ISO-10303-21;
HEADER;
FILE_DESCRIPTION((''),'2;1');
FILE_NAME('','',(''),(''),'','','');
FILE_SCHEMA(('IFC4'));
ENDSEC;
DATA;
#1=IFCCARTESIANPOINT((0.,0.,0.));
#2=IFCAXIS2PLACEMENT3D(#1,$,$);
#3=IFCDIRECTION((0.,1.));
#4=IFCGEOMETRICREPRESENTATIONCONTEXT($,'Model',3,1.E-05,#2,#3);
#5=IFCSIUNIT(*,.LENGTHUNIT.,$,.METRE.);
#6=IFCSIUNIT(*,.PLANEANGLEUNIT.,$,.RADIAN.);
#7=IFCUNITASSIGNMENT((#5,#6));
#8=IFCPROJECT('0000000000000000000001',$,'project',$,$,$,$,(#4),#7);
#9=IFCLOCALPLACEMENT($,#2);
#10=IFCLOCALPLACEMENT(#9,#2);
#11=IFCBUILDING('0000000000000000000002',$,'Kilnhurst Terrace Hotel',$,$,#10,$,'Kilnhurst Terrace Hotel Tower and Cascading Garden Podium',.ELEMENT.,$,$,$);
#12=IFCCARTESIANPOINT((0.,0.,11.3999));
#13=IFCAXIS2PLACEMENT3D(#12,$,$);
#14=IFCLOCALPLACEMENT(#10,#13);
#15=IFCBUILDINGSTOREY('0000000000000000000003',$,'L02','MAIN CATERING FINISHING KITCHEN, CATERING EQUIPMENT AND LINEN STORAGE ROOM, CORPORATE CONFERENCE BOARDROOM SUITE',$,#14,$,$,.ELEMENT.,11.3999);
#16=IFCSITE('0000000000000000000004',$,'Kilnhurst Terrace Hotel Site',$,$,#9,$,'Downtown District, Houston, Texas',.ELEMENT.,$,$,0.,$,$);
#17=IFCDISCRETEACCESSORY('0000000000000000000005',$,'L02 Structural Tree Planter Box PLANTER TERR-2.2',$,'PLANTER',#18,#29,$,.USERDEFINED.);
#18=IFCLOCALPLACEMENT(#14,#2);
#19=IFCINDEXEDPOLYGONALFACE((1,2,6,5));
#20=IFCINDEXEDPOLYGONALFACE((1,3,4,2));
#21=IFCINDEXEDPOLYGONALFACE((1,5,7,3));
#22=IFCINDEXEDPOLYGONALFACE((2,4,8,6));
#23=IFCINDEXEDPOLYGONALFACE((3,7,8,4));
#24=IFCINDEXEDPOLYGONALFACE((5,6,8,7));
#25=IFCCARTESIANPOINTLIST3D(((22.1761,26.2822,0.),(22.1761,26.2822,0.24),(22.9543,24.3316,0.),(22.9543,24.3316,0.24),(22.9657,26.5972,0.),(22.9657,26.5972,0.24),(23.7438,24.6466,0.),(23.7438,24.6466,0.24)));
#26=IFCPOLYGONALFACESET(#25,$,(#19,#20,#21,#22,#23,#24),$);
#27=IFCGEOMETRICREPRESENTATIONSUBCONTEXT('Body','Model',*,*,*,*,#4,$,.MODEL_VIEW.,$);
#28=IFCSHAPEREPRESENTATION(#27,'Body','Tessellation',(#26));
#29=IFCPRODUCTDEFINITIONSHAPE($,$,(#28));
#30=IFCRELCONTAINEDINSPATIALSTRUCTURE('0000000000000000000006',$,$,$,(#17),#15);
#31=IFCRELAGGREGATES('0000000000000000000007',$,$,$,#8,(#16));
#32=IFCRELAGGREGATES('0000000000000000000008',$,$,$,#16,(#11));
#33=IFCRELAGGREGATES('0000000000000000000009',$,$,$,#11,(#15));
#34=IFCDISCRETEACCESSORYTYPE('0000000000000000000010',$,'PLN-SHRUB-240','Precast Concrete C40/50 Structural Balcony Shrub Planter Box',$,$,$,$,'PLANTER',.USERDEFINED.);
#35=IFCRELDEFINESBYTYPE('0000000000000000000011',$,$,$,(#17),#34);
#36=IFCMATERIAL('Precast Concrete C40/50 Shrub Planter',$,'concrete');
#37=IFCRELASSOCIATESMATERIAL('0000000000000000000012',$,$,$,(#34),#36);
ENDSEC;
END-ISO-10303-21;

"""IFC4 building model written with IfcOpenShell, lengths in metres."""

from ifc_helpers import new_model, si_unit, direction, frame, origin, origin_2d, place, context, subcontext, project, spatial, rectangle, extrude, material, type_object, element, save


model = new_model("IFC4")

# Units and contexts
model_context = context("Model", 3, precision=1e-05, world=origin(), true_north=direction((0.0, 1.0)))
body_context = subcontext(model_context, "Body", "Model", "MODEL_VIEW")
ifc_project = project(units=[si_unit("LENGTHUNIT", "METRE"), si_unit("PLANEANGLEUNIT", "RADIAN")], contexts=[model_context])

# Site, building, storey
site_placement = place(None, origin())
site = spatial("IfcSite", under=ifc_project, at=site_placement, Name="Kilnhurst Terrace Hotel Site", LongName="Downtown District, Houston, Texas", CompositionType="ELEMENT", RefElevation=0.0)
building_placement = place(site_placement, origin())
building = spatial("IfcBuilding", under=site, at=building_placement, Name="Kilnhurst Terrace Hotel", LongName="Kilnhurst Terrace Hotel Tower and Cascading Garden Podium", CompositionType="ELEMENT")
storey_placement = place(building_placement, frame((0.0, 0.0, 11.3999)))
storey = spatial("IfcBuildingStorey", under=building, at=storey_placement, Name="L02", Description="MAIN CATERING FINISHING KITCHEN, CATERING EQUIPMENT AND LINEN STORAGE ROOM, CORPORATE CONFERENCE BOARDROOM SUITE", CompositionType="ELEMENT", Elevation=11.3999)

# Discrete accessory
ifc_material_1 = material(Name="Precast Concrete C40/50 Shrub Planter", Category="concrete")
discrete_accessory_type = type_object("IfcDiscreteAccessoryType", Name="PLN-SHRUB-240", Description="Precast Concrete C40/50 Structural Balcony Shrub Planter Box", ElementType="PLANTER", PredefinedType="USERDEFINED", material=ifc_material_1)
discrete_accessory_placement = place(storey_placement, frame((22.96, 25.4644, 0.0), z_axis=(0.0, 0.0, 1.0), x_axis=(-0.370541, 0.928816, 0.0)))
element("IfcDiscreteAccessory", 1, at=discrete_accessory_placement, inside=storey, type_object=discrete_accessory_type, Name="L02 Structural Tree Planter Box PLANTER TERR-2.2", ObjectType="PLANTER", PredefinedType="USERDEFINED", context=body_context, shape_type="SweptSolid", body=[
    extrude(rectangle(XDim=2.1001, YDim=0.8501, at=origin_2d()), origin(), (0.0, 0.0, 1.0), 0.24),
])

save(model, "model.ifc")
